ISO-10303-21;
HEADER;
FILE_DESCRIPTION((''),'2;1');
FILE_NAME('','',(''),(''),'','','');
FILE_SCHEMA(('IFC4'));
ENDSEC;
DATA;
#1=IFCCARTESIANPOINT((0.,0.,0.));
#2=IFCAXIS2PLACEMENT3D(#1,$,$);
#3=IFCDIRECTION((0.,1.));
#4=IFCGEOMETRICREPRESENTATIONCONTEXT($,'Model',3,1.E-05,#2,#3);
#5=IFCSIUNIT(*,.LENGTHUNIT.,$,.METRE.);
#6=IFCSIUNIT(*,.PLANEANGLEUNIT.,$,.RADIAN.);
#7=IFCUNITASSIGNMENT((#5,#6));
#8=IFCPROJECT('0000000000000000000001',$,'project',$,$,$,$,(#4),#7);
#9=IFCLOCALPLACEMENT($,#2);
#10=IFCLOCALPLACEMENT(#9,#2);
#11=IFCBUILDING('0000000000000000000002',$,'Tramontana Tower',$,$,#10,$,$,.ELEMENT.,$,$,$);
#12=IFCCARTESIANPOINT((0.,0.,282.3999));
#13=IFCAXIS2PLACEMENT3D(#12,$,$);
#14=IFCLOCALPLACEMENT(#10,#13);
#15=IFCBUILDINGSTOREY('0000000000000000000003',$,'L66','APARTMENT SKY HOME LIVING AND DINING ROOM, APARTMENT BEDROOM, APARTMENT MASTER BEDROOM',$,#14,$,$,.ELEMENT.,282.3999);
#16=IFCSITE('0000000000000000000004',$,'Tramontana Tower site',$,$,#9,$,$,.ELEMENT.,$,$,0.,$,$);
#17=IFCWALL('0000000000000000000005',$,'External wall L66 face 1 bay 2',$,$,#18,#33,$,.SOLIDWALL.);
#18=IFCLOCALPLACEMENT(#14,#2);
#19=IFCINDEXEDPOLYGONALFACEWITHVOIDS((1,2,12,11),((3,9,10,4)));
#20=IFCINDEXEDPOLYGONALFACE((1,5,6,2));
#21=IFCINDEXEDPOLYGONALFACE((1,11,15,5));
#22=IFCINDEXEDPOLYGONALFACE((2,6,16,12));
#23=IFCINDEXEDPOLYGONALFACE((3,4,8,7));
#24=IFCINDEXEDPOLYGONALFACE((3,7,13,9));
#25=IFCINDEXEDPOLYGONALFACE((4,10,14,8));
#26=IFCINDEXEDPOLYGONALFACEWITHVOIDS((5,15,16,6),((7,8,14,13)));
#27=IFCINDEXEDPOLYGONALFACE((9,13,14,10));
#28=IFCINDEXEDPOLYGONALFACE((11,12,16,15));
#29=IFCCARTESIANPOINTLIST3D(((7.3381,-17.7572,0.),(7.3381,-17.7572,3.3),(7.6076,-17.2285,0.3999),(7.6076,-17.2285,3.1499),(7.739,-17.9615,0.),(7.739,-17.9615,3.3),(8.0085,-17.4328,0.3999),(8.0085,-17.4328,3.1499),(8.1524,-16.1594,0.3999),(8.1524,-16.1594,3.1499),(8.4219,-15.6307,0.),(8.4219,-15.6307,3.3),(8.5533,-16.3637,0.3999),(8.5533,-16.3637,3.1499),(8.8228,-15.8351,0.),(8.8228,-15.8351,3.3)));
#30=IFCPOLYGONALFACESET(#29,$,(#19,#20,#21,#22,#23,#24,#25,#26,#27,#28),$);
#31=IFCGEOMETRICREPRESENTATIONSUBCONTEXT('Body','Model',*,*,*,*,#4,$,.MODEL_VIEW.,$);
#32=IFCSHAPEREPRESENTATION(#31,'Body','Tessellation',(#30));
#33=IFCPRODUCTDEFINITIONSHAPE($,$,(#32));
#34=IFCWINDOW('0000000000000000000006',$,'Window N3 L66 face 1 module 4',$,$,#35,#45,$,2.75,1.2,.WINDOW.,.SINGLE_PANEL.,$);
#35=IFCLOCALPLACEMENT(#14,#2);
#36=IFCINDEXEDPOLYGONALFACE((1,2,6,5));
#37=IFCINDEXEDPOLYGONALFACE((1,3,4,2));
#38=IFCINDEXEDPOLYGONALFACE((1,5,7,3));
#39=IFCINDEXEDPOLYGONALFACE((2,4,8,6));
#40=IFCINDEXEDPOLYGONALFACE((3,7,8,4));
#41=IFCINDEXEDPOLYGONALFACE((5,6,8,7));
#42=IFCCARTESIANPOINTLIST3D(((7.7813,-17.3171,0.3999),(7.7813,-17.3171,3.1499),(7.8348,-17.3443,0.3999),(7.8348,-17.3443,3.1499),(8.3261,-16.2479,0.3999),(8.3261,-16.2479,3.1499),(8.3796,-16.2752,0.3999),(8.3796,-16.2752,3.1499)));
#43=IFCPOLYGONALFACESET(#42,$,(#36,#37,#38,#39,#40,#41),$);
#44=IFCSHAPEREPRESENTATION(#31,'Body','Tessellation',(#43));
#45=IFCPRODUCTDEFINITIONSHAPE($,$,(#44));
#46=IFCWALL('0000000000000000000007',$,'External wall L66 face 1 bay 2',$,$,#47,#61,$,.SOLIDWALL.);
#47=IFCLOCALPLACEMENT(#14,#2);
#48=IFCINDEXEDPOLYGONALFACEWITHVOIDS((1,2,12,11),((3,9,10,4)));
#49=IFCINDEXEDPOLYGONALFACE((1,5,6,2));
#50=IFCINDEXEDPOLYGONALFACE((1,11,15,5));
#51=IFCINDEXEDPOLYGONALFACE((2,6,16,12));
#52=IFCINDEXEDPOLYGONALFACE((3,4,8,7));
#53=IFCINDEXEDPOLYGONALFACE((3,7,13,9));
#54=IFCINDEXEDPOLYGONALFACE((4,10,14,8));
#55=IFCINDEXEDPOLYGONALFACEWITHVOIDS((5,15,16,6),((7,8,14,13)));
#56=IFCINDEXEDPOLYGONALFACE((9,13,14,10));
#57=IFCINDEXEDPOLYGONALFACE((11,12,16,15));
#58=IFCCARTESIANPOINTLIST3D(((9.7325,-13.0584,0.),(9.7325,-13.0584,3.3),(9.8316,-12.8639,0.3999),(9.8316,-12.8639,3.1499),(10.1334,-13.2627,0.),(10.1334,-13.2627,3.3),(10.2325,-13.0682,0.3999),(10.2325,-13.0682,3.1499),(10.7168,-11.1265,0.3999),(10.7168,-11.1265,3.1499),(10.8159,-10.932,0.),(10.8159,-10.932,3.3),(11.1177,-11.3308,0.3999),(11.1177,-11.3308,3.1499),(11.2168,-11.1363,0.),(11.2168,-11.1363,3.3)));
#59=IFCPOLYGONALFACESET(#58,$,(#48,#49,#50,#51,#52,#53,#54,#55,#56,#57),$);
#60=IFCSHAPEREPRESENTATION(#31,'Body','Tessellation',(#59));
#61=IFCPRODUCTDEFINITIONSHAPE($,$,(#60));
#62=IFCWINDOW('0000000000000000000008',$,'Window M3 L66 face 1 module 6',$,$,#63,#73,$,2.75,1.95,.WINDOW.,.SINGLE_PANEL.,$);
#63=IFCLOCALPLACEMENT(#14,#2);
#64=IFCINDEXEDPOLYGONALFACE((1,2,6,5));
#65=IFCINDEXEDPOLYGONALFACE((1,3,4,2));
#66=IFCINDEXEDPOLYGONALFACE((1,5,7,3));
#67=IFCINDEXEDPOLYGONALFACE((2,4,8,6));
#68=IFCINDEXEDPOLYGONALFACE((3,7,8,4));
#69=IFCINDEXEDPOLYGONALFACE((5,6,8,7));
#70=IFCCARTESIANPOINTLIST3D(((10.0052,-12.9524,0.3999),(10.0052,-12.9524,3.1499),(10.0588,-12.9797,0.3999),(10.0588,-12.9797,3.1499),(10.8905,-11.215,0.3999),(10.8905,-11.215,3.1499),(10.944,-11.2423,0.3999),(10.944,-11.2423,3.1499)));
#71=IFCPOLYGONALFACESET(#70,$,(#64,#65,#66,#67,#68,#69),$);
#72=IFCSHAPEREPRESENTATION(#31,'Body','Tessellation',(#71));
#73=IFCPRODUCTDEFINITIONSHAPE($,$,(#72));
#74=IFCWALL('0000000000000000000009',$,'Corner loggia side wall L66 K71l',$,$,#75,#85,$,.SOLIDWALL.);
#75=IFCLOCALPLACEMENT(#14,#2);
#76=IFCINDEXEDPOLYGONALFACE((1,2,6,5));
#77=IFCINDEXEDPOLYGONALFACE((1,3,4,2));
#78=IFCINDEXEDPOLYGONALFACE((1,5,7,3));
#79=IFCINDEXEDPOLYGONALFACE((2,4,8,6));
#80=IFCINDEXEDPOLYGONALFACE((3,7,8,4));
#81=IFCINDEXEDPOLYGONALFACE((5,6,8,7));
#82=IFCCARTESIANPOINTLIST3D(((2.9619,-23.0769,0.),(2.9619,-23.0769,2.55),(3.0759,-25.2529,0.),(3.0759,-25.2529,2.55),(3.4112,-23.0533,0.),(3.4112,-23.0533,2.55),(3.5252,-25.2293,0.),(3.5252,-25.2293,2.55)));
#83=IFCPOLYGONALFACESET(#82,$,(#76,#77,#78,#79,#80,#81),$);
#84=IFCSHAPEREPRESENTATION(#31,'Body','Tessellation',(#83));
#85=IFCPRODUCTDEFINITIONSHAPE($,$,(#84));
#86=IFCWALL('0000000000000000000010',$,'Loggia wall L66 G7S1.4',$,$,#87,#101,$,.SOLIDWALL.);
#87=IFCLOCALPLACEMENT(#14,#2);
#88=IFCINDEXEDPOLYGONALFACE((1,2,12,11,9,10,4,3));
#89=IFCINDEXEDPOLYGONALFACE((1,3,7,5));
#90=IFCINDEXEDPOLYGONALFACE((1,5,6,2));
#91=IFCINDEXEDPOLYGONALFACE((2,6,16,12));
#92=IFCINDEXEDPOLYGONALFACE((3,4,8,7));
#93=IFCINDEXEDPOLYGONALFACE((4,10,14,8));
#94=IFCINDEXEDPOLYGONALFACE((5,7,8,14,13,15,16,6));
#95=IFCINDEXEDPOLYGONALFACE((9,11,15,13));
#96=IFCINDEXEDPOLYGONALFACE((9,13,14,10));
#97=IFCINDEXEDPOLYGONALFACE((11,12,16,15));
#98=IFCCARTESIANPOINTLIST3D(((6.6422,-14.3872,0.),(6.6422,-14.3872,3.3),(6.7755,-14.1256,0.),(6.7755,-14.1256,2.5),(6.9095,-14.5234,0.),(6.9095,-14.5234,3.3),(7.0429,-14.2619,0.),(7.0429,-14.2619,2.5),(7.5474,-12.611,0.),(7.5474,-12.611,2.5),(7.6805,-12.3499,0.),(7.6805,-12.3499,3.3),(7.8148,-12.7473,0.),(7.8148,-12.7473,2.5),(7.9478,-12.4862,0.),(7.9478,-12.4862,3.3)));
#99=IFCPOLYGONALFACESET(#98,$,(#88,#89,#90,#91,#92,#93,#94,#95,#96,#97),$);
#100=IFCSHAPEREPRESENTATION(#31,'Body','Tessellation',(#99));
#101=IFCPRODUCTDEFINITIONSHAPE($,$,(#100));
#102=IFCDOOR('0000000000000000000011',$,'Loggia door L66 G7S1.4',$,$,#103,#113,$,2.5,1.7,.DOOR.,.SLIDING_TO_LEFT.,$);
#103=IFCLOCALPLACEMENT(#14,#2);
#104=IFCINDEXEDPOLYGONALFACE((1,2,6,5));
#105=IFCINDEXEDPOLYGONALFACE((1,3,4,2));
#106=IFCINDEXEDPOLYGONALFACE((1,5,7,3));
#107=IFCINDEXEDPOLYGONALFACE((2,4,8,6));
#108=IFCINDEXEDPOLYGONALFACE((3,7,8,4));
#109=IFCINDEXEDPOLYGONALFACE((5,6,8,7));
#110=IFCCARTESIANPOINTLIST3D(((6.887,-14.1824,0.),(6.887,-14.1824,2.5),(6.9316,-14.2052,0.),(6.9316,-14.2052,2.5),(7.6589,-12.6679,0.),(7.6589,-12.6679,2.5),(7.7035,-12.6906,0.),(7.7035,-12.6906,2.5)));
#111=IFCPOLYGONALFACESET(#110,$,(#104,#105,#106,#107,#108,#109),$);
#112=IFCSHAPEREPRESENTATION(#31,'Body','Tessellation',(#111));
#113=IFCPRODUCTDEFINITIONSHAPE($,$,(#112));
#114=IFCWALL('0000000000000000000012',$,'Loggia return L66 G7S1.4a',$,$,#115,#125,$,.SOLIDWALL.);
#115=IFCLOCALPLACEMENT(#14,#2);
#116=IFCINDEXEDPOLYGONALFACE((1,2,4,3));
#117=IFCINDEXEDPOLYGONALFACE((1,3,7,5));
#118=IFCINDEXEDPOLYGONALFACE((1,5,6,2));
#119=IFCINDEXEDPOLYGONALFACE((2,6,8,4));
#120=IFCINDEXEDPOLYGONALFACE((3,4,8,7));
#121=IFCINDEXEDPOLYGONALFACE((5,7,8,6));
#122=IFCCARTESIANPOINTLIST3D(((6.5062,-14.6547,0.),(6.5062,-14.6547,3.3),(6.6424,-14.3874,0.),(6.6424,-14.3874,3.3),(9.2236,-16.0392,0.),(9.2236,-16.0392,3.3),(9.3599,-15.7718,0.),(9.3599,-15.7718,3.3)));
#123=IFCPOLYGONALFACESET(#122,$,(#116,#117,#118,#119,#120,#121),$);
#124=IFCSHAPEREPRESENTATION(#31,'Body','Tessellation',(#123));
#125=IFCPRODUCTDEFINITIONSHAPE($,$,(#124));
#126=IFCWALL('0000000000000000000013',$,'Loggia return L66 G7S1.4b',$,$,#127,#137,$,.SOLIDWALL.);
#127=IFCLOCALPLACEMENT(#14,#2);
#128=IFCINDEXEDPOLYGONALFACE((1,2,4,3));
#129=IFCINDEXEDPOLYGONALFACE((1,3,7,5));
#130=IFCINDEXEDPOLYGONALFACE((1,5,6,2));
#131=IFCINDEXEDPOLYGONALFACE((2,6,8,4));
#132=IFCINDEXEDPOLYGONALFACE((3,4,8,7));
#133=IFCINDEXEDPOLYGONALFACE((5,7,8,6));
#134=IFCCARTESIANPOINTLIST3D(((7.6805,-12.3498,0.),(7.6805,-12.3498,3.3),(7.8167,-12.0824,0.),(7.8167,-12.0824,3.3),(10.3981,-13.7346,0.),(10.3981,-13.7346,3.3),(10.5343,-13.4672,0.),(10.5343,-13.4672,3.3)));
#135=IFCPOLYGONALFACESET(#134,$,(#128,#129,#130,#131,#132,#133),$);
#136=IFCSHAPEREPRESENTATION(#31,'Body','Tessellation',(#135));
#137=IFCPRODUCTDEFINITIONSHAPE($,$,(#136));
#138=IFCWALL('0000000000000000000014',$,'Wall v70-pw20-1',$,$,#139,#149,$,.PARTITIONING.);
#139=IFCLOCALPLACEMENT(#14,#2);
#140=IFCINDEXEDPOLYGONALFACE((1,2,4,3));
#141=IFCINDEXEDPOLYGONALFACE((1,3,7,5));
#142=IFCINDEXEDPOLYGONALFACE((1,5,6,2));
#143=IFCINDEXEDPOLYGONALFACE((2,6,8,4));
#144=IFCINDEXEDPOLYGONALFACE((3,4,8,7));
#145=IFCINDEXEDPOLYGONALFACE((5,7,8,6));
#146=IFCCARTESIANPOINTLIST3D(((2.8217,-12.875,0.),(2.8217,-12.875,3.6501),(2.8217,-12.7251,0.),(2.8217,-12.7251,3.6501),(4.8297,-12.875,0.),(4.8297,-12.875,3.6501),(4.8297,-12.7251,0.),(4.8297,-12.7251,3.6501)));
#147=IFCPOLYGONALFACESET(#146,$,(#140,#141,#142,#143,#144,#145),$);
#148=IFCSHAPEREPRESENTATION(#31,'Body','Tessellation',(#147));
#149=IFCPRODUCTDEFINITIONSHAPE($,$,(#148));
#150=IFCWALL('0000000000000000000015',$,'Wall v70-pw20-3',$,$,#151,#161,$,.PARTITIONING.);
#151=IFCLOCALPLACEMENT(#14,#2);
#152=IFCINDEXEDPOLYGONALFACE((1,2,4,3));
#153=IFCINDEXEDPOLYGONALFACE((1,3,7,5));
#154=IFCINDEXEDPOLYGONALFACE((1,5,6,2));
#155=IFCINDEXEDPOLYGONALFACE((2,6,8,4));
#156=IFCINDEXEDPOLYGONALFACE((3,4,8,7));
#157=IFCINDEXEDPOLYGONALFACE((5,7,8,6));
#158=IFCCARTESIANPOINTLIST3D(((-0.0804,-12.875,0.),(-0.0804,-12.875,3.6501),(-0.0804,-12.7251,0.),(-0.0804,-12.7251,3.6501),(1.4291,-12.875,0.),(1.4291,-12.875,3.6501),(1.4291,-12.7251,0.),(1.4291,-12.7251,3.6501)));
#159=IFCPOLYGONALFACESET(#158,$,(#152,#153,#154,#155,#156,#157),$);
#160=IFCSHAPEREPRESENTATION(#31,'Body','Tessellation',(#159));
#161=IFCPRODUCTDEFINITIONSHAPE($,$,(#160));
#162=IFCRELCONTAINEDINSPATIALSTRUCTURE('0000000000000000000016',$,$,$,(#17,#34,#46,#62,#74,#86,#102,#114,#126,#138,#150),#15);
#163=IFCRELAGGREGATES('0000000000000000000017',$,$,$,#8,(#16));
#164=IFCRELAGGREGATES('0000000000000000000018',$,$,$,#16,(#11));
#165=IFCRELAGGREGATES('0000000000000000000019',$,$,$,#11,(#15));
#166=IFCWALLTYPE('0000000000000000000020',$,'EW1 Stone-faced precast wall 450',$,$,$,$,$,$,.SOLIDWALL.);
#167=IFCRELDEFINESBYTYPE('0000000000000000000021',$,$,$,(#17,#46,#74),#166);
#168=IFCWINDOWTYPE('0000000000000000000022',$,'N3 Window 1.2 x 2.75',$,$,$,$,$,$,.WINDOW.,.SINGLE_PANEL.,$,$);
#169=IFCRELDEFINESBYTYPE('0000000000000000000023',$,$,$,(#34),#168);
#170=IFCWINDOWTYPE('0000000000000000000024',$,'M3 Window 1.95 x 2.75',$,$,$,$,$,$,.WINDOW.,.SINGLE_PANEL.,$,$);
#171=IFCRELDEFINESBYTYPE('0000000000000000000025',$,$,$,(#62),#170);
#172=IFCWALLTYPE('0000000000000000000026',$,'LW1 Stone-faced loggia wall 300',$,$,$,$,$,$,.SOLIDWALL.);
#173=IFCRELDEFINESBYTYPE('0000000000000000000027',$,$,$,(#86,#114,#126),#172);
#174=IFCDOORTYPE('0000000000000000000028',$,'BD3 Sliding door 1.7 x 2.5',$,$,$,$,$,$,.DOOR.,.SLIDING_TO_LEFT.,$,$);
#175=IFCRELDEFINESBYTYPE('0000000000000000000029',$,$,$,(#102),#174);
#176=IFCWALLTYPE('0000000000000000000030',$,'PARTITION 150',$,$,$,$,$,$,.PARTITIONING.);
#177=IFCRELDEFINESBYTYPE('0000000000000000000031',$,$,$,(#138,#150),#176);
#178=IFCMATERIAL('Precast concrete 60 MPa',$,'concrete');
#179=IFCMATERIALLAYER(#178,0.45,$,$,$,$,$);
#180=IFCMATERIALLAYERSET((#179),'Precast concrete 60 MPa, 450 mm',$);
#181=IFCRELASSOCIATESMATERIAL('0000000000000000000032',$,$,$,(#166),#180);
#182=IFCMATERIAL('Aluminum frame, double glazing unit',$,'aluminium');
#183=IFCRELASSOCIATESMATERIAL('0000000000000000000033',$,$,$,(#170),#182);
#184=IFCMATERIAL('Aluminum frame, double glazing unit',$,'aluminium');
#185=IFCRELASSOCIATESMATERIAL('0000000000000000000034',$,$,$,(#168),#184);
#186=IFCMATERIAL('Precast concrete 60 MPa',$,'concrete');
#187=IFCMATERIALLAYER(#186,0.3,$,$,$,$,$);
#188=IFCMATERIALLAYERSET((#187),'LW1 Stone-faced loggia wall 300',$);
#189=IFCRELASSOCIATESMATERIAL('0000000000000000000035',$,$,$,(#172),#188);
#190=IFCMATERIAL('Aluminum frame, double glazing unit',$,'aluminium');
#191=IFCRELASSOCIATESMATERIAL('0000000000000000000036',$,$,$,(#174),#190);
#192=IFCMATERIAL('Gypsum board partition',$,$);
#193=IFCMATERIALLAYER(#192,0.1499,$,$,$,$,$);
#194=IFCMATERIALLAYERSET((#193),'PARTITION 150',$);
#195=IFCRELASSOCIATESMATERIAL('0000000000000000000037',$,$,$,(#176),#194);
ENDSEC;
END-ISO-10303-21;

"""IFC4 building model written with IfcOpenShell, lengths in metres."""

from ifc_helpers import new_model, si_unit, direction, frame, frame_2d, origin, place, context, subcontext, project, spatial, rectangle, extrude, material, layer, layer_set, type_object, element, fill, save


model = new_model("IFC4")

# Units and contexts
model_context = context("Model", 3, precision=1e-05, world=origin(), true_north=direction((0.0, 1.0)))
body_context = subcontext(model_context, "Body", "Model", "MODEL_VIEW")
ifc_project = project(units=[si_unit("LENGTHUNIT", "METRE"), si_unit("PLANEANGLEUNIT", "RADIAN")], contexts=[model_context])

# Site, building, storey
site_placement = place(None, origin())
site = spatial("IfcSite", under=ifc_project, at=site_placement, Name="Tramontana Tower site", CompositionType="ELEMENT", RefElevation=0.0)
building_placement = place(site_placement, origin())
building = spatial("IfcBuilding", under=site, at=building_placement, Name="Tramontana Tower", CompositionType="ELEMENT")
storey_placement = place(building_placement, frame((0.0, 0.0, 282.3999)))
storey = spatial("IfcBuildingStorey", under=building, at=storey_placement, Name="L66", Description="APARTMENT SKY HOME LIVING AND DINING ROOM, APARTMENT BEDROOM, APARTMENT MASTER BEDROOM", CompositionType="ELEMENT", Elevation=282.3999)

# Shared definitions
ifc_material_1 = material(Name="Precast concrete 60 MPa", Category="concrete")
ifc_layer_1 = layer(ifc_material_1, 0.45)
ifc_layer_set_1 = layer_set([ifc_layer_1], Name="Precast concrete 60 MPa, 450 mm")
wall_type_1 = type_object("IfcWallType", Name="EW1 Stone-faced precast wall 450", PredefinedType="SOLIDWALL", material=ifc_layer_set_1)
ifc_material_2 = material(Name="Aluminum frame, double glazing unit", Category="aluminium")
window_type_1 = type_object("IfcWindowType", Name="M3 Window 1.95 x 2.75", PartitioningType="SINGLE_PANEL", PredefinedType="WINDOW", material=ifc_material_2)

# Walls, openings, windows
wall_1_placement = place(storey_placement, frame((7.5386, -17.8594, 0.0), z_axis=(0.0, 0.0, 1.0), x_axis=(0.454074, 0.890964, 0.0)))
wall_1 = element("IfcWall", 1, at=wall_1_placement, inside=storey, type_object=wall_type_1, Name="External wall L66 face 1 bay 2", PredefinedType="SOLIDWALL", context=body_context, shape_type="SweptSolid", body=[
    extrude(rectangle(XDim=2.3867, YDim=0.45, at=frame_2d((1.1934, 0.0))), origin(), (0.0, 0.0, 1.0), 3.3),
])
opening_1_placement = place(wall_1_placement, frame((0.5933, 0.0, 0.3999)))
opening_1 = element("IfcOpeningElement", 2, at=opening_1_placement, cuts=wall_1, PredefinedType="OPENING", context=body_context, shape_type="SweptSolid", body=[
    extrude(rectangle(XDim=1.2, YDim=2.75, at=frame_2d((0.6001, 1.375))), frame((0.0, 0.2349, 0.0), z_axis=(0.0, -1.0, 0.0), x_axis=(1.0, 0.0, 0.0)), (0.0, 0.0, 1.0), 0.47),
])
ifc_material_3 = material(Name="Aluminum frame, double glazing unit", Category="aluminium")
window_type_2 = type_object("IfcWindowType", Name="N3 Window 1.2 x 2.75", PartitioningType="SINGLE_PANEL", PredefinedType="WINDOW", material=ifc_material_3)
window_1_placement = place(opening_1_placement, origin())
window_1 = element("IfcWindow", 3, at=window_1_placement, inside=storey, type_object=window_type_2, Name="Window N3 L66 face 1 module 4", OverallHeight=2.75, OverallWidth=1.2, PartitioningType="SINGLE_PANEL", PredefinedType="WINDOW", context=body_context, shape_type="SweptSolid", body=[
    extrude(rectangle(XDim=1.2, YDim=2.75, at=frame_2d((0.6001, 1.375))), frame((0.0, 0.03, 0.0), z_axis=(0.0, -1.0, 0.0), x_axis=(1.0, 0.0, 0.0)), (0.0, 0.0, 1.0), 0.0601),
])
fill(opening_1, window_1)
wall_2_placement = place(storey_placement, frame((9.9329, -13.1606, 0.0), z_axis=(0.0, 0.0, 1.0), x_axis=(0.453993, 0.891005, 0.0)))
wall_2 = element("IfcWall", 4, at=wall_2_placement, inside=storey, type_object=wall_type_1, Name="External wall L66 face 1 bay 2", PredefinedType="SOLIDWALL", context=body_context, shape_type="SweptSolid", body=[
    extrude(rectangle(XDim=2.3865, YDim=0.45, at=frame_2d((1.1934, 0.0))), origin(), (0.0, 0.0, 1.0), 3.3),
])
opening_2_placement = place(wall_2_placement, frame((0.2183, 0.0, 0.3999)))
opening_2 = element("IfcOpeningElement", 5, at=opening_2_placement, cuts=wall_2, PredefinedType="OPENING", context=body_context, shape_type="SweptSolid", body=[
    extrude(rectangle(XDim=1.95, YDim=2.75, at=frame_2d((0.9751, 1.375))), frame((0.0, 0.2349, 0.0), z_axis=(0.0, -1.0, 0.0), x_axis=(1.0, 0.0, 0.0)), (0.0, 0.0, 1.0), 0.47),
])
window_2_placement = place(opening_2_placement, origin())
window_2 = element("IfcWindow", 6, at=window_2_placement, inside=storey, type_object=window_type_1, Name="Window M3 L66 face 1 module 6", OverallHeight=2.75, OverallWidth=1.95, PartitioningType="SINGLE_PANEL", PredefinedType="WINDOW", context=body_context, shape_type="SweptSolid", body=[
    extrude(rectangle(XDim=1.95, YDim=2.75, at=frame_2d((0.9751, 1.375))), frame((0.0, 0.03, 0.0), z_axis=(0.0, -1.0, 0.0), x_axis=(1.0, 0.0, 0.0)), (0.0, 0.0, 1.0), 0.0601),
])
fill(opening_2, window_2)

# Wall
wall_3_placement = place(storey_placement, frame((3.3005, -25.241, 0.0), z_axis=(0.0, 0.0, 1.0), x_axis=(-0.052324, 0.99863, 0.0)))
element("IfcWall", 7, at=wall_3_placement, inside=storey, type_object=wall_type_1, Name="Corner loggia side wall L66 K71l", PredefinedType="SOLIDWALL", context=body_context, shape_type="SweptSolid", body=[
    extrude(rectangle(XDim=2.179, YDim=0.45, at=frame_2d((1.0894, 0.0))), origin(), (0.0, 0.0, 1.0), 2.55),
])

# Wall, opening, door
ifc_material_4 = material(Name="Precast concrete 60 MPa", Category="concrete")
ifc_layer_2 = layer(ifc_material_4, 0.3)
ifc_layer_set_2 = layer_set([ifc_layer_2], Name="LW1 Stone-faced loggia wall 300")
wall_type_2 = type_object("IfcWallType", Name="LW1 Stone-faced loggia wall 300", PredefinedType="SOLIDWALL", material=ifc_layer_set_2)
wall_4_placement = place(storey_placement, frame((6.7759, -14.4553, 0.0), z_axis=(0.0, 0.0, 1.0), x_axis=(0.454076, 0.890963, 0.0)))
wall_4 = element("IfcWall", 8, at=wall_4_placement, inside=storey, type_object=wall_type_2, Name="Loggia wall L66 G7S1.4", PredefinedType="SOLIDWALL", context=body_context, shape_type="SweptSolid", body=[
    extrude(rectangle(XDim=2.2866, YDim=0.3, at=frame_2d((1.1433, 0.0))), origin(), (0.0, 0.0, 1.0), 3.3),
])
opening_3_placement = place(wall_4_placement, frame((0.2935, 0.0, 0.0)))
opening_3 = element("IfcOpeningElement", 9, at=opening_3_placement, cuts=wall_4, PredefinedType="OPENING", context=body_context, shape_type="SweptSolid", body=[
    extrude(rectangle(XDim=1.7, YDim=2.5, at=frame_2d((0.8501, 1.25))), frame((0.0, 0.1599, 0.0), z_axis=(0.0, -1.0, 0.0), x_axis=(1.0, 0.0, 0.0)), (0.0, 0.0, 1.0), 0.3201),
])
ifc_material_5 = material(Name="Aluminum frame, double glazing unit", Category="aluminium")
door_type_1 = type_object("IfcDoorType", Name="BD3 Sliding door 1.7 x 2.5", OperationType="SLIDING_TO_LEFT", PredefinedType="DOOR", material=ifc_material_5)
door_1_placement = place(opening_3_placement, origin())
door_1 = element("IfcDoor", 10, at=door_1_placement, inside=storey, type_object=door_type_1, Name="Loggia door L66 G7S1.4", OperationType="SLIDING_TO_LEFT", OverallHeight=2.5, OverallWidth=1.7, PredefinedType="DOOR", context=body_context, shape_type="SweptSolid", body=[
    extrude(rectangle(XDim=1.7, YDim=2.5, at=frame_2d((0.8501, 1.25))), frame((0.0, 0.0249, 0.0), z_axis=(0.0, -1.0, 0.0), x_axis=(1.0, 0.0, 0.0)), (0.0, 0.0, 1.0), 0.05),
])
fill(opening_3, door_1)

# Walls
wall_5_placement = place(storey_placement, frame((9.2917, -15.9055, 0.0), z_axis=(0.0, 0.0, 1.0), x_axis=(-0.891024, 0.453957, 0.0)))
element("IfcWall", 11, at=wall_5_placement, inside=storey, type_object=wall_type_2, Name="Loggia return L66 G7S1.4a", PredefinedType="SOLIDWALL", context=body_context, shape_type="SweptSolid", body=[
    extrude(rectangle(XDim=3.0498, YDim=0.3, at=frame_2d((1.5249, 0.0))), origin(), (0.0, 0.0, 1.0), 3.3),
])
wall_6_placement = place(storey_placement, frame((10.4661, -13.6008, 0.0), z_axis=(0.0, 0.0, 1.0), x_axis=(-0.890991, 0.454021, 0.0)))
element("IfcWall", 12, at=wall_6_placement, inside=storey, type_object=wall_type_2, Name="Loggia return L66 G7S1.4b", PredefinedType="SOLIDWALL", context=body_context, shape_type="SweptSolid", body=[
    extrude(rectangle(XDim=3.05, YDim=0.3, at=frame_2d((1.5249, 0.0))), origin(), (0.0, 0.0, 1.0), 3.3),
])
ifc_material_6 = material(Name="Gypsum board partition")
ifc_layer_3 = layer(ifc_material_6, 0.1499)
ifc_layer_set_3 = layer_set([ifc_layer_3], Name="PARTITION 150")
wall_type_3 = type_object("IfcWallType", Name="PARTITION 150", PredefinedType="PARTITIONING", material=ifc_layer_set_3)
wall_7_placement = place(storey_placement, frame((4.8296, -12.8, 0.0), z_axis=(0.0, 0.0, 1.0), x_axis=(-1.0, 0.0, 0.0)))
element("IfcWall", 13, at=wall_7_placement, inside=storey, type_object=wall_type_3, Name="Wall v70-pw20-1", PredefinedType="PARTITIONING", context=body_context, shape_type="SweptSolid", body=[
    extrude(rectangle(XDim=2.0081, YDim=0.1499, at=frame_2d((1.0039, 0.0))), origin(), (0.0, 0.0, 1.0), 3.6501),
])

# Wall
wall_8_placement = place(storey_placement, frame((1.4292, -12.8, 0.0), z_axis=(0.0, 0.0, 1.0), x_axis=(-1.0, 0.0, 0.0)))
element("IfcWall", 14, at=wall_8_placement, inside=storey, type_object=wall_type_3, Name="Wall v70-pw20-3", PredefinedType="PARTITIONING", context=body_context, shape_type="SweptSolid", body=[
    extrude(rectangle(XDim=1.5095, YDim=0.1499, at=frame_2d((0.7549, 0.0))), origin(), (0.0, 0.0, 1.0), 3.6501),
])

save(model, "model.ifc")
